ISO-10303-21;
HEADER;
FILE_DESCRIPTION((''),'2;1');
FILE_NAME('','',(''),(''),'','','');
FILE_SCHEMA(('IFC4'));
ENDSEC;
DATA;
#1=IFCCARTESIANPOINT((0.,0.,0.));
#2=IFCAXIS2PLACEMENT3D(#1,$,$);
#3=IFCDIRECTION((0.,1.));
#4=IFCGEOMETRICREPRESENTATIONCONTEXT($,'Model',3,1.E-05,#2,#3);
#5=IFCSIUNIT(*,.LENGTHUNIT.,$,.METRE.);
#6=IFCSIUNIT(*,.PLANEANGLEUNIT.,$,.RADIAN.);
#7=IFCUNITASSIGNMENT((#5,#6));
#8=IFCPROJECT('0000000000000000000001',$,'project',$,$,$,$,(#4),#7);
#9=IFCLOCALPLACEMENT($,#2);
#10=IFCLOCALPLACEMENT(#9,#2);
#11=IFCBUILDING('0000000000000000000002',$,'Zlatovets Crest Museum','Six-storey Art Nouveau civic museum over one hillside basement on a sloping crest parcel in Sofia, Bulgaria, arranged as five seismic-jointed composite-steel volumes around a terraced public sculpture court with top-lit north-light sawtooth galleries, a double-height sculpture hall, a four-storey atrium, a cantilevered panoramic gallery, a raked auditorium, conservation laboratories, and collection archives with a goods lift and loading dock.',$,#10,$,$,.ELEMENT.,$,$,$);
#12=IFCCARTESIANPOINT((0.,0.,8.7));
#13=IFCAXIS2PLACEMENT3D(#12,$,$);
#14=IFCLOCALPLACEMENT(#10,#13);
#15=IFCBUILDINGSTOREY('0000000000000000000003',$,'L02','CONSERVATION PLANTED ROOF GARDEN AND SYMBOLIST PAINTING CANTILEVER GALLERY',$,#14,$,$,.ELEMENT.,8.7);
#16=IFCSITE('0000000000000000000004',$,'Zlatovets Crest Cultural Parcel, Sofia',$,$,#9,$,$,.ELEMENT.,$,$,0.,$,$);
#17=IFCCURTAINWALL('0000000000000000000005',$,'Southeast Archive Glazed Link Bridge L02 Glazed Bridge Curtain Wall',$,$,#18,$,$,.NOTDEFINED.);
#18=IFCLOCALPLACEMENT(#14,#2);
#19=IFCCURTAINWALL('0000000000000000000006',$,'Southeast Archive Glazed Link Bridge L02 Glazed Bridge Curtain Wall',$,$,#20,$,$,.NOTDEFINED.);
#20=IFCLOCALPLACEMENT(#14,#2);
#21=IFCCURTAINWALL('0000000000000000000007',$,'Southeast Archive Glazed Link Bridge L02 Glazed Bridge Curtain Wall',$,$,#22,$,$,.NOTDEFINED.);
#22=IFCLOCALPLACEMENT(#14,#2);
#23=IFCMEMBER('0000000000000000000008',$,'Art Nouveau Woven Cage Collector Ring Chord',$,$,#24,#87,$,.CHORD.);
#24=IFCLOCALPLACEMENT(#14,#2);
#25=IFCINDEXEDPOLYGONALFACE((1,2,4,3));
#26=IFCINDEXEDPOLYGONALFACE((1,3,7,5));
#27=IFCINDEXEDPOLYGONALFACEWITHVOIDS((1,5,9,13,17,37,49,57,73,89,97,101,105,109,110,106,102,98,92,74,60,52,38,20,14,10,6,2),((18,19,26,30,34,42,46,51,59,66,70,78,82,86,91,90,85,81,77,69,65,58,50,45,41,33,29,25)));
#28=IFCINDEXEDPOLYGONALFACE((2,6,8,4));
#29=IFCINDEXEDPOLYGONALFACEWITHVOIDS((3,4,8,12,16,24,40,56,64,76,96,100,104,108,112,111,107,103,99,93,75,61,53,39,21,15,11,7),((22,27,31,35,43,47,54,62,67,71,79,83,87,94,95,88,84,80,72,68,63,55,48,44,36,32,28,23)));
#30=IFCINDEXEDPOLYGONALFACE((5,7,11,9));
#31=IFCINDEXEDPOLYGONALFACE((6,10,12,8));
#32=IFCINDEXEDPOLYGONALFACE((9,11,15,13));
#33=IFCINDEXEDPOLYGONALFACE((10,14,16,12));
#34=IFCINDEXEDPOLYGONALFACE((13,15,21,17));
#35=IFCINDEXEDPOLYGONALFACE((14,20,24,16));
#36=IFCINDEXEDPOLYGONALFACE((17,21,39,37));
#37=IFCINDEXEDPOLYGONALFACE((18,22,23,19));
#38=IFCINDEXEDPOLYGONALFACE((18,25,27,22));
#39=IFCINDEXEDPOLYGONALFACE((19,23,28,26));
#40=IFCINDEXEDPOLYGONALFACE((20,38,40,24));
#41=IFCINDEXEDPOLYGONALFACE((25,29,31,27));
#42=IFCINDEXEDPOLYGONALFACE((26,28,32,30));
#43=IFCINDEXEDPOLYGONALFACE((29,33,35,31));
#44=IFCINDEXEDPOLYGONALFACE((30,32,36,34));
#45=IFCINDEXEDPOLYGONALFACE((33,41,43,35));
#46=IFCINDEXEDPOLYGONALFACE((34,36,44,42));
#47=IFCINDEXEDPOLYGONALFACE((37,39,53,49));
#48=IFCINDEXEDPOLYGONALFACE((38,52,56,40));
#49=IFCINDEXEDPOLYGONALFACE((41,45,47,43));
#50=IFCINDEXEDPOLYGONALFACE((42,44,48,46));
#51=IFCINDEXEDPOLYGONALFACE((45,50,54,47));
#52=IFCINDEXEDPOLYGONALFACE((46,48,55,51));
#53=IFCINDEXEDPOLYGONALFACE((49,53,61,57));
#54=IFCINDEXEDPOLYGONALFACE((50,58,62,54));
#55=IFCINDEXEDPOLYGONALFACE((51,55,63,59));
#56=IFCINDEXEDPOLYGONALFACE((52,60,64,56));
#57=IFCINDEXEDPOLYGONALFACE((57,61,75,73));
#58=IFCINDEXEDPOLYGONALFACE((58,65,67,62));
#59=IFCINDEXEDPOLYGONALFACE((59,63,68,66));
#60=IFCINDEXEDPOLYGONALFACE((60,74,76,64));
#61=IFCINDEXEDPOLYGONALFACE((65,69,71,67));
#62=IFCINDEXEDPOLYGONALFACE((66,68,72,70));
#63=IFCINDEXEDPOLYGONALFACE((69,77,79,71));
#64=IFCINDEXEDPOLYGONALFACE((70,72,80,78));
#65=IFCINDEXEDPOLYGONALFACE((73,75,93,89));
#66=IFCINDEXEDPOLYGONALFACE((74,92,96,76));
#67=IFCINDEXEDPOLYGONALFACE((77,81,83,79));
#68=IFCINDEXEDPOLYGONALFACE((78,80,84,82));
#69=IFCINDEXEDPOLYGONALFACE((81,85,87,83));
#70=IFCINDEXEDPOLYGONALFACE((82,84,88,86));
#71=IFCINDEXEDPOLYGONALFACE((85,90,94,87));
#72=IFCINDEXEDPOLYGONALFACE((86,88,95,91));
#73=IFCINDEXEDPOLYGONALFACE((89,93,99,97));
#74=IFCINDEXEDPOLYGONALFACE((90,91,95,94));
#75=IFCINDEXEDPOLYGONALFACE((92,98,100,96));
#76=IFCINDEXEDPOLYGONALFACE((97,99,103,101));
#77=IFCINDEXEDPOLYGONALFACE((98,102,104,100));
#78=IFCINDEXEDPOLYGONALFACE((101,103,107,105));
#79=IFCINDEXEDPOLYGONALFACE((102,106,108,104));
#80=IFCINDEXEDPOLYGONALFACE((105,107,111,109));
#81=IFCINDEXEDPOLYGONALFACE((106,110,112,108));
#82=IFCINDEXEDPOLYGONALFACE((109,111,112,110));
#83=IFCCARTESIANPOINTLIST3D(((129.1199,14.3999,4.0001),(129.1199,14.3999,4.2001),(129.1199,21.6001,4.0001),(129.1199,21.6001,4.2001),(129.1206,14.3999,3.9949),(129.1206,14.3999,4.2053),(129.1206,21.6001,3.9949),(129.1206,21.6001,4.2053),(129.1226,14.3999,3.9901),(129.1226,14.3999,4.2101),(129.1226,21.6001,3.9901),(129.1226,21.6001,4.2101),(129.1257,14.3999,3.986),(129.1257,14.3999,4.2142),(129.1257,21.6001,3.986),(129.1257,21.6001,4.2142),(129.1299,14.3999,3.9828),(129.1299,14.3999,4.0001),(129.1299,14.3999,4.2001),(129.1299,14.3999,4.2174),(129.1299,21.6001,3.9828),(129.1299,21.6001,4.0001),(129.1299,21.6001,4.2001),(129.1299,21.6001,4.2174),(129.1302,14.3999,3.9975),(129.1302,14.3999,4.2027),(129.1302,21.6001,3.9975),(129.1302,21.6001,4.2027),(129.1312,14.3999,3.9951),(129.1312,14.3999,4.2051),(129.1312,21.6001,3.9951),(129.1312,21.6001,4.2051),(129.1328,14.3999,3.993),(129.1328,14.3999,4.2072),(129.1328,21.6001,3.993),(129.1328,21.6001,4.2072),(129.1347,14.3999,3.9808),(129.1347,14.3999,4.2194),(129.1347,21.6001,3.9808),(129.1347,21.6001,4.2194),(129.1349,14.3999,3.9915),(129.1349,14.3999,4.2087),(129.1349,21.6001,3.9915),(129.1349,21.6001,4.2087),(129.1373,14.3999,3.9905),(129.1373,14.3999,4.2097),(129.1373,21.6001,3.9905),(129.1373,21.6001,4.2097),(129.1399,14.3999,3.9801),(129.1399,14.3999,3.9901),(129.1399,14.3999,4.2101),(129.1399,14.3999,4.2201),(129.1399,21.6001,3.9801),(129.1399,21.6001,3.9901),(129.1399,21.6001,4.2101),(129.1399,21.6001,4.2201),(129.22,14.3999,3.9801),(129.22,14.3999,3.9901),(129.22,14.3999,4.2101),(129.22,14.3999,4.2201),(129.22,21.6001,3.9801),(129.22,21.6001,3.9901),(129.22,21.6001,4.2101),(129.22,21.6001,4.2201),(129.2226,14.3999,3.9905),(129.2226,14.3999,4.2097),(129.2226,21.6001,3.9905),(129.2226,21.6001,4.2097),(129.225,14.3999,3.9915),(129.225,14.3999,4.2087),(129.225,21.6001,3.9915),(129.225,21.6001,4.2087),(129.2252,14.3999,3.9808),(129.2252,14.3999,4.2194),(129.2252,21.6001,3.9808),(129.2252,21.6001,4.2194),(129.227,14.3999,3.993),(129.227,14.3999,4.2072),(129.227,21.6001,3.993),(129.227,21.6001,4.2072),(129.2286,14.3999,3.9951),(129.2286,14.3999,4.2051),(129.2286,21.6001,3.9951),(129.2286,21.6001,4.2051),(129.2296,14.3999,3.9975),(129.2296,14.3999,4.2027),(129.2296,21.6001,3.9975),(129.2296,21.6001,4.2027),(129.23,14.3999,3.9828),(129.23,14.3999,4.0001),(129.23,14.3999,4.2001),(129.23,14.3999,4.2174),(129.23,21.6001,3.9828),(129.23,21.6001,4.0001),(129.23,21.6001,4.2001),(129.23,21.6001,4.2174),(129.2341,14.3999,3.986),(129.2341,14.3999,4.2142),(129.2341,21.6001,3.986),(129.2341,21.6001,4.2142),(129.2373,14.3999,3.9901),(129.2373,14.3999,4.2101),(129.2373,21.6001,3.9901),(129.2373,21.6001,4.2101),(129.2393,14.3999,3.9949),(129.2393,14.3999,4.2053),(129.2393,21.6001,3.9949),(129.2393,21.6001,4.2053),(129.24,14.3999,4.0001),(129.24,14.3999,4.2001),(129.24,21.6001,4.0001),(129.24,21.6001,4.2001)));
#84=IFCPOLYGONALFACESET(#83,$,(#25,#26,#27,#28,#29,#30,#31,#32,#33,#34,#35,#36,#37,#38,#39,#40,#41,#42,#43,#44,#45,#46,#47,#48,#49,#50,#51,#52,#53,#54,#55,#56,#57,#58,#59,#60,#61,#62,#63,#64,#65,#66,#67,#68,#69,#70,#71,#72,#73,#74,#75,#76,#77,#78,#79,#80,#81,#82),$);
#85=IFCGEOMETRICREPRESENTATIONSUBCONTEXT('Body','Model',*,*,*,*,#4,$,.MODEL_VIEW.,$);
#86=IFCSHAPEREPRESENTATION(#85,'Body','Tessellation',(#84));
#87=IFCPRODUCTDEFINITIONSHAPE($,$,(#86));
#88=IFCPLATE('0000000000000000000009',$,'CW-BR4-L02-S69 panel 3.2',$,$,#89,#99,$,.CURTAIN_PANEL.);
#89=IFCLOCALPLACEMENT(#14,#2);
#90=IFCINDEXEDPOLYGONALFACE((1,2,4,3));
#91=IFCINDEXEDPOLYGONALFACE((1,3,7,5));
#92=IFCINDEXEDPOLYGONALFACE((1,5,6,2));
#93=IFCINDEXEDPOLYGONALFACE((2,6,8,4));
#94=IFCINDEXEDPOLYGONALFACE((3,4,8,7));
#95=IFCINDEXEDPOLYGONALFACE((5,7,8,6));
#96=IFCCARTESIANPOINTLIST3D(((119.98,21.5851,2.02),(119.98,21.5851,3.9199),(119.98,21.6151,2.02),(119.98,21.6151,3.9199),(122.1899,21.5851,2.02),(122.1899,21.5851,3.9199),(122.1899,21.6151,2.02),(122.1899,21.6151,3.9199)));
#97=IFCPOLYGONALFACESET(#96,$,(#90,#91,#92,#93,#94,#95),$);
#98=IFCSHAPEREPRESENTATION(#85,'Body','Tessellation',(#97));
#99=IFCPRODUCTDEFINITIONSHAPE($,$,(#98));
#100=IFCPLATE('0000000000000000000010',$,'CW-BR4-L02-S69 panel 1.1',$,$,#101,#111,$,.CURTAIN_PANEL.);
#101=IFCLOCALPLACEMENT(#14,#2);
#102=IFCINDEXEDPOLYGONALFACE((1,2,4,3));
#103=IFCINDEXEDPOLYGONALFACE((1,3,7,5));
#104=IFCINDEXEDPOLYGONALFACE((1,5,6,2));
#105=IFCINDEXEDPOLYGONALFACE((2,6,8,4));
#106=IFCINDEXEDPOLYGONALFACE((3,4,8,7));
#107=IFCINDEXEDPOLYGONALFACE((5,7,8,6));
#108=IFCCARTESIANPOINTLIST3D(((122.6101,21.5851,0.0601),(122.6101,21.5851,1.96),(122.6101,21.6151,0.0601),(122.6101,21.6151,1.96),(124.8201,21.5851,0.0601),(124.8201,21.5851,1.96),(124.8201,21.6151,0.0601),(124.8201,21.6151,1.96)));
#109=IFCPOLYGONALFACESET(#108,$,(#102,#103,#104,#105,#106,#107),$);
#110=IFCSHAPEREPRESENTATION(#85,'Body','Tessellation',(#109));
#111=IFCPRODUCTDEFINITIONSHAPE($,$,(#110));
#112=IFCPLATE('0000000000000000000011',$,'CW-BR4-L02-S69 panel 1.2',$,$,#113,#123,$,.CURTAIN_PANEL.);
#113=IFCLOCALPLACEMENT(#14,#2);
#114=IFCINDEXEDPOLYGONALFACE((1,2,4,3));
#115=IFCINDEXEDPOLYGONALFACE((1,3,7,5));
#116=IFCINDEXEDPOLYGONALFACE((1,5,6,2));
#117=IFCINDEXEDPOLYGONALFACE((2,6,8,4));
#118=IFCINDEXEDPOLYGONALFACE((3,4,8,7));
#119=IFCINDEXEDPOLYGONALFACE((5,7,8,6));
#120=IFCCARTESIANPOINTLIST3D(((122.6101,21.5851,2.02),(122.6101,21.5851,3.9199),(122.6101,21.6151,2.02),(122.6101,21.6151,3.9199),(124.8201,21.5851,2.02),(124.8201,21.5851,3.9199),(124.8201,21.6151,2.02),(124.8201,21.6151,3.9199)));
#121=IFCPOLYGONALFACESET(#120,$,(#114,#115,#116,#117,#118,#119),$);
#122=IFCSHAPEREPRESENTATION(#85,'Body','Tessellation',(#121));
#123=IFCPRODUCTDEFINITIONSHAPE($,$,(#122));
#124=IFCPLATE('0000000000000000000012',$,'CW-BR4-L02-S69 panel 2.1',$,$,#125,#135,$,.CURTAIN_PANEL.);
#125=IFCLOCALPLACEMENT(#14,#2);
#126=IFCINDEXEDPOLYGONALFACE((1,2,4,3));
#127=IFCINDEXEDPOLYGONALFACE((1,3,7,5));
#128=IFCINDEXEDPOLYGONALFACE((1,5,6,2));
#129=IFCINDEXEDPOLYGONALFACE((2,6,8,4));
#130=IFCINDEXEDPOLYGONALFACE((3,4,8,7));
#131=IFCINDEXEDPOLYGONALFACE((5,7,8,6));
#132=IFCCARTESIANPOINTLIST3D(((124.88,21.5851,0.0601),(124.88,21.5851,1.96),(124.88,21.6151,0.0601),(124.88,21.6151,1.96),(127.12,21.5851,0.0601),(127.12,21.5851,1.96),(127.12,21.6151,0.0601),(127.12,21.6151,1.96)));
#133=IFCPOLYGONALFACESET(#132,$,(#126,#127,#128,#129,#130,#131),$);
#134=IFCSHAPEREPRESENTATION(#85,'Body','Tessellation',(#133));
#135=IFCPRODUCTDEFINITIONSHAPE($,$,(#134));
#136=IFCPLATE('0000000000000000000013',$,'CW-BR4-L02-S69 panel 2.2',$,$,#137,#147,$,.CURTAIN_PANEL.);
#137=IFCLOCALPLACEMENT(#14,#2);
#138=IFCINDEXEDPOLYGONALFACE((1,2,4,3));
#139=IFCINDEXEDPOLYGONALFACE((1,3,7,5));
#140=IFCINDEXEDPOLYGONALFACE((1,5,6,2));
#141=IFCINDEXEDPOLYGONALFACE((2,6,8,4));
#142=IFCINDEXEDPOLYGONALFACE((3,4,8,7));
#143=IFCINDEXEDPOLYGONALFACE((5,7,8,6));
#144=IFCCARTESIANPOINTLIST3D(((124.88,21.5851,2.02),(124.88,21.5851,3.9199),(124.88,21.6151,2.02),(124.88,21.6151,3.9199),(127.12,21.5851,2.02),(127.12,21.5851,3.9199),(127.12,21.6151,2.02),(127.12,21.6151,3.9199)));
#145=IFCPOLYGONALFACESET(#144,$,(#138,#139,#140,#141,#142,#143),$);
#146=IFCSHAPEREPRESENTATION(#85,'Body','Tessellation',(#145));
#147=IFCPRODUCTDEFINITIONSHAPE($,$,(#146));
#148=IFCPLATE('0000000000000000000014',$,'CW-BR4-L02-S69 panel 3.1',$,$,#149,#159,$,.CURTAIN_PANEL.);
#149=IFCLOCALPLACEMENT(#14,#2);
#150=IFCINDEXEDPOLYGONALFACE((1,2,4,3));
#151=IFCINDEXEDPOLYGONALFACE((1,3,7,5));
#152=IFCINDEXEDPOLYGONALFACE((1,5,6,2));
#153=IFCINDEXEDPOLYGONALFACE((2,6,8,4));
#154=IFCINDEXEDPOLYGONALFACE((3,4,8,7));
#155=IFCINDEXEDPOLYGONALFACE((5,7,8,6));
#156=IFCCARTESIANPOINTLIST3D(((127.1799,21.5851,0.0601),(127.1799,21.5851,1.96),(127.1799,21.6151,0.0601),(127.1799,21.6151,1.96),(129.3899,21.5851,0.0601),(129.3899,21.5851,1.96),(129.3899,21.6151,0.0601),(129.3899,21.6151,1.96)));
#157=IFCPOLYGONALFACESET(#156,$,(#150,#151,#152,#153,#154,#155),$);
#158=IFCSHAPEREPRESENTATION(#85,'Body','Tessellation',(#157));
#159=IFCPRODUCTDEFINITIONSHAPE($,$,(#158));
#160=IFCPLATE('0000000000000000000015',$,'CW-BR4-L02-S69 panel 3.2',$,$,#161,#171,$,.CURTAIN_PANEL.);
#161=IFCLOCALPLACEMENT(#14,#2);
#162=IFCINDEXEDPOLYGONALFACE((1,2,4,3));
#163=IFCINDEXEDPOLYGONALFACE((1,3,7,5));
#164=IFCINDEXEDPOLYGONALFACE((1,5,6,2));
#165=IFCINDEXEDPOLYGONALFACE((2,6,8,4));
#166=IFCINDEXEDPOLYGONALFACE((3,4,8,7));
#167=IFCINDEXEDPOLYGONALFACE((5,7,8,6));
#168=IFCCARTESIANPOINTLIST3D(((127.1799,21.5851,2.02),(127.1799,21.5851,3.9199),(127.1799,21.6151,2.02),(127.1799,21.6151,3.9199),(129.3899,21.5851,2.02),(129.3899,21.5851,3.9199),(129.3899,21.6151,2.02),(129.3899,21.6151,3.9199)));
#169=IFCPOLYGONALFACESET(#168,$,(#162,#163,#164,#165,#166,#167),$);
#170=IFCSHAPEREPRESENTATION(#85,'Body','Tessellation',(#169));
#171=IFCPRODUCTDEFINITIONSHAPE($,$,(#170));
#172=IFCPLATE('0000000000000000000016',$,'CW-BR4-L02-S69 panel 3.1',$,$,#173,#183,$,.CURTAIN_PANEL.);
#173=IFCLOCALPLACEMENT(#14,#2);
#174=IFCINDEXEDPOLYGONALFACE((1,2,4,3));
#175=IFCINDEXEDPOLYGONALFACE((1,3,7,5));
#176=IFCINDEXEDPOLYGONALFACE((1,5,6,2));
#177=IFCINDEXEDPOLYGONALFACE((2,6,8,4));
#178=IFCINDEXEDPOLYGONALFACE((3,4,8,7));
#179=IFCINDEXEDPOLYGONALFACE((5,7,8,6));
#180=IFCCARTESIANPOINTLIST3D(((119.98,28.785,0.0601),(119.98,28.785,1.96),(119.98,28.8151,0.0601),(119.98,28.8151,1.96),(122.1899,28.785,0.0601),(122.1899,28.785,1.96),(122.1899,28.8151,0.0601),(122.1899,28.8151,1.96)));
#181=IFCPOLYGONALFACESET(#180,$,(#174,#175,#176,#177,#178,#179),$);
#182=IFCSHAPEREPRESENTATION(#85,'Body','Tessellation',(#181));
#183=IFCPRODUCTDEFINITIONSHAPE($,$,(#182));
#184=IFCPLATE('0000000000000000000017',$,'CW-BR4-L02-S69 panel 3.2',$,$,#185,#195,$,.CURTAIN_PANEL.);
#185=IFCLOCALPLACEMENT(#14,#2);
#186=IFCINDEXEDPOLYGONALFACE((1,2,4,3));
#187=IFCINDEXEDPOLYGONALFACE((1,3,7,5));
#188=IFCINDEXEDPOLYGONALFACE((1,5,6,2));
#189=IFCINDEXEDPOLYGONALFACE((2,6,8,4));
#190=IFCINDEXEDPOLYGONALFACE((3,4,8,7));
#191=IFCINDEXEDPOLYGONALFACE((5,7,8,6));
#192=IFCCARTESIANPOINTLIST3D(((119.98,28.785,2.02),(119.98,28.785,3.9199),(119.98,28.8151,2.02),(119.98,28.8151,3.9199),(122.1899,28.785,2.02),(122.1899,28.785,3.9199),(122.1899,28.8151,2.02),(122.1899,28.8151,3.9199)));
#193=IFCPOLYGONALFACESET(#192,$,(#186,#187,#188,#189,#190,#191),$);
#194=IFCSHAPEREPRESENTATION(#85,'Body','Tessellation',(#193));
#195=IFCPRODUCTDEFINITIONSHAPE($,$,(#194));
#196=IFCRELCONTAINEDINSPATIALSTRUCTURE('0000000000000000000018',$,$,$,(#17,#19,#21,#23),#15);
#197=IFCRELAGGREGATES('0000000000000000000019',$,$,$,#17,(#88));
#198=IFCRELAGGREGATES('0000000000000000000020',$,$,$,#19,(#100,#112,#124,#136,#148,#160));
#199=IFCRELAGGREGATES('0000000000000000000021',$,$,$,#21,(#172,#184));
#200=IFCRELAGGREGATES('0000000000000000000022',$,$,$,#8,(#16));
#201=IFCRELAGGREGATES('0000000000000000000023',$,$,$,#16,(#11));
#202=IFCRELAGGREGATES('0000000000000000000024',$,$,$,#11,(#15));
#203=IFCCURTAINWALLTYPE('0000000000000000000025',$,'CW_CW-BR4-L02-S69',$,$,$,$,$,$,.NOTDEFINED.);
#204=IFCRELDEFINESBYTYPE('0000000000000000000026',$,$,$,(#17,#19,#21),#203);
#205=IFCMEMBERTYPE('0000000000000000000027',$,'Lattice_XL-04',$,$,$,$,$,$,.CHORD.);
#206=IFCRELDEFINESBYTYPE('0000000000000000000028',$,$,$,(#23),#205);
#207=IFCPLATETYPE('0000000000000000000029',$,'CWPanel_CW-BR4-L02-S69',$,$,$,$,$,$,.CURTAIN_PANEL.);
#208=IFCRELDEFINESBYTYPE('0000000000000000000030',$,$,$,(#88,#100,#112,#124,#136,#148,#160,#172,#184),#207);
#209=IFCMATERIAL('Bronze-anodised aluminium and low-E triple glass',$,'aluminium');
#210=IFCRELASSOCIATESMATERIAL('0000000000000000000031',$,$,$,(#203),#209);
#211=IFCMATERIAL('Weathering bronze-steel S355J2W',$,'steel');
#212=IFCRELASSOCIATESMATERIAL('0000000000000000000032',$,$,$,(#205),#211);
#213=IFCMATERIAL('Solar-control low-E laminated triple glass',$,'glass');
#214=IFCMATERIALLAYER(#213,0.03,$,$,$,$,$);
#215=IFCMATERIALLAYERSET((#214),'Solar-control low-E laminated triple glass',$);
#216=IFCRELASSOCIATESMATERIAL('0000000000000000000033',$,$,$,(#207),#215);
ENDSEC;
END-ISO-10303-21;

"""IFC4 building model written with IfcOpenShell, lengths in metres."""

from ifc_helpers import new_model, si_unit, direction, frame, origin, origin_2d, place, context, subcontext, project, spatial, rectangle, hollow_rectangle, extrude, material, layer, layer_set, material_profile, profile_set, type_object, element, aggregate, save


model = new_model("IFC4")

# Units and contexts
model_context = context("Model", 3, precision=1e-05, world=origin(), true_north=direction((0.0, 1.0)))
body_context = subcontext(model_context, "Body", "Model", "MODEL_VIEW")
ifc_project = project(units=[si_unit("LENGTHUNIT", "METRE"), si_unit("PLANEANGLEUNIT", "RADIAN")], contexts=[model_context])

# Site, building, storey
site_placement = place(None, origin())
site = spatial("IfcSite", under=ifc_project, at=site_placement, Name="Zlatovets Crest Cultural Parcel, Sofia", CompositionType="ELEMENT", RefElevation=0.0)
building_placement = place(site_placement, origin())
building = spatial("IfcBuilding", under=site, at=building_placement, Name="Zlatovets Crest Museum", Description="Six-storey Art Nouveau civic museum over one hillside basement on a sloping crest parcel in Sofia, Bulgaria, arranged as five seismic-jointed composite-steel volumes around a terraced public sculpture court with top-lit north-light sawtooth galleries, a double-height sculpture hall, a four-storey atrium, a cantilevered panoramic gallery, a raked auditorium, conservation laboratories, and collection archives with a goods lift and loading dock.", CompositionType="ELEMENT")
storey_placement = place(building_placement, frame((0.0, 0.0, 8.7)))
storey = spatial("IfcBuildingStorey", under=building, at=storey_placement, Name="L02", Description="CONSERVATION PLANTED ROOF GARDEN AND SYMBOLIST PAINTING CANTILEVER GALLERY", CompositionType="ELEMENT", Elevation=8.7)

# Curtain wall
ifc_material_1 = material(Name="Bronze-anodised aluminium and low-E triple glass", Category="aluminium")
curtain_wall_type = type_object("IfcCurtainWallType", Name="CW_CW-BR4-L02-S69", PredefinedType="NOTDEFINED", material=ifc_material_1)
curtain_wall_1_placement = place(storey_placement, origin())
curtain_wall_1 = element("IfcCurtainWall", 1, at=curtain_wall_1_placement, inside=storey, type_object=curtain_wall_type, Name="Southeast Archive Glazed Link Bridge L02 Glazed Bridge Curtain Wall", PredefinedType="NOTDEFINED")

# Curtain wall
curtain_wall_2_placement = place(storey_placement, origin())
curtain_wall_2 = element("IfcCurtainWall", 2, at=curtain_wall_2_placement, inside=storey, type_object=curtain_wall_type, Name="Southeast Archive Glazed Link Bridge L02 Glazed Bridge Curtain Wall", PredefinedType="NOTDEFINED")

# Curtain wall
curtain_wall_3_placement = place(storey_placement, origin())
curtain_wall_3 = element("IfcCurtainWall", 3, at=curtain_wall_3_placement, inside=storey, type_object=curtain_wall_type, Name="Southeast Archive Glazed Link Bridge L02 Glazed Bridge Curtain Wall", PredefinedType="NOTDEFINED")

# Member
ifc_material_2 = material(Name="Weathering bronze-steel S355J2W", Category="steel")
ifc_material_profile_1 = material_profile(ifc_material_2, hollow_rectangle(XDim=0.1201, YDim=0.24, WallThickness=0.01, InnerFilletRadius=0.01, OuterFilletRadius=0.02, at=origin_2d()), Name="RHS 120x240x10.0")
ifc_profile_set_1 = profile_set([ifc_material_profile_1], Name="Weathering bronze-steel S355J2W")
member_type_1 = type_object("IfcMemberType", Name="Lattice_XL-04", PredefinedType="CHORD", material=ifc_profile_set_1)
member_1_placement = place(storey_placement, frame((129.1799, 21.6001, 4.1001), z_axis=(0.0, -1.0, 0.0), x_axis=(1.0, 0.0, 0.0)))
element("IfcMember", 4, at=member_1_placement, inside=storey, type_object=member_type_1, Name="Art Nouveau Woven Cage Collector Ring Chord", PredefinedType="CHORD", context=body_context, shape_type="SweptSolid", body=[
    extrude(hollow_rectangle(XDim=0.1201, YDim=0.24, WallThickness=0.01, InnerFilletRadius=0.01, OuterFilletRadius=0.02, at=origin_2d()), origin(), (0.0, 0.0, 1.0), 7.2002),
])

# Plates
ifc_material_3 = material(Name="Solar-control low-E laminated triple glass", Category="glass")
ifc_layer = layer(ifc_material_3, 0.03)
ifc_layer_set = layer_set([ifc_layer], Name="Solar-control low-E laminated triple glass")
plate_type = type_object("IfcPlateType", Name="CWPanel_CW-BR4-L02-S69", PredefinedType="CURTAIN_PANEL", material=ifc_layer_set)
plate_1_placement = place(storey_placement, frame((121.085, 21.6001, 2.02), z_axis=(0.0, 0.0, 1.0), x_axis=(1.0, 0.0, 0.0)))
plate_1 = element("IfcPlate", 5, at=plate_1_placement, type_object=plate_type, Name="CW-BR4-L02-S69 panel 3.2", PredefinedType="CURTAIN_PANEL", context=body_context, shape_type="SweptSolid", body=[
    extrude(rectangle(XDim=2.21, YDim=0.03, at=origin_2d()), origin(), (0.0, 0.0, 1.0), 1.8999),
])
aggregate(curtain_wall_1, [plate_1])
plate_2_placement = place(storey_placement, frame((123.7151, 21.6001, 0.0601), z_axis=(0.0, 0.0, 1.0), x_axis=(1.0, 0.0, 0.0)))
plate_2 = element("IfcPlate", 6, at=plate_2_placement, type_object=plate_type, Name="CW-BR4-L02-S69 panel 1.1", PredefinedType="CURTAIN_PANEL", context=body_context, shape_type="SweptSolid", body=[
    extrude(rectangle(XDim=2.21, YDim=0.03, at=origin_2d()), origin(), (0.0, 0.0, 1.0), 1.8999),
])
plate_3_placement = place(storey_placement, frame((123.7151, 21.6001, 2.02), z_axis=(0.0, 0.0, 1.0), x_axis=(1.0, 0.0, 0.0)))
plate_3 = element("IfcPlate", 7, at=plate_3_placement, type_object=plate_type, Name="CW-BR4-L02-S69 panel 1.2", PredefinedType="CURTAIN_PANEL", context=body_context, shape_type="SweptSolid", body=[
    extrude(rectangle(XDim=2.21, YDim=0.03, at=origin_2d()), origin(), (0.0, 0.0, 1.0), 1.8999),
])
plate_4_placement = place(storey_placement, frame((126.0, 21.6001, 0.0601), z_axis=(0.0, 0.0, 1.0), x_axis=(1.0, 0.0, 0.0)))
plate_4 = element("IfcPlate", 8, at=plate_4_placement, type_object=plate_type, Name="CW-BR4-L02-S69 panel 2.1", PredefinedType="CURTAIN_PANEL", context=body_context, shape_type="SweptSolid", body=[
    extrude(rectangle(XDim=2.24, YDim=0.03, at=origin_2d()), origin(), (0.0, 0.0, 1.0), 1.8999),
])
plate_5_placement = place(storey_placement, frame((126.0, 21.6001, 2.02), z_axis=(0.0, 0.0, 1.0), x_axis=(1.0, 0.0, 0.0)))
plate_5 = element("IfcPlate", 9, at=plate_5_placement, type_object=plate_type, Name="CW-BR4-L02-S69 panel 2.2", PredefinedType="CURTAIN_PANEL", context=body_context, shape_type="SweptSolid", body=[
    extrude(rectangle(XDim=2.24, YDim=0.03, at=origin_2d()), origin(), (0.0, 0.0, 1.0), 1.8999),
])
plate_6_placement = place(storey_placement, frame((128.2849, 21.6001, 0.0601), z_axis=(0.0, 0.0, 1.0), x_axis=(1.0, 0.0, 0.0)))
plate_6 = element("IfcPlate", 10, at=plate_6_placement, type_object=plate_type, Name="CW-BR4-L02-S69 panel 3.1", PredefinedType="CURTAIN_PANEL", context=body_context, shape_type="SweptSolid", body=[
    extrude(rectangle(XDim=2.21, YDim=0.03, at=origin_2d()), origin(), (0.0, 0.0, 1.0), 1.8999),
])
plate_7_placement = place(storey_placement, frame((128.2849, 21.6001, 2.02), z_axis=(0.0, 0.0, 1.0), x_axis=(1.0, 0.0, 0.0)))
plate_7 = element("IfcPlate", 11, at=plate_7_placement, type_object=plate_type, Name="CW-BR4-L02-S69 panel 3.2", PredefinedType="CURTAIN_PANEL", context=body_context, shape_type="SweptSolid", body=[
    extrude(rectangle(XDim=2.21, YDim=0.03, at=origin_2d()), origin(), (0.0, 0.0, 1.0), 1.8999),
])
aggregate(curtain_wall_2, [plate_2, plate_3, plate_4, plate_5, plate_6, plate_7])
plate_8_placement = place(storey_placement, frame((121.085, 28.8, 0.0601), z_axis=(0.0, 0.0, 1.0), x_axis=(1.0, 0.0, 0.0)))
plate_8 = element("IfcPlate", 12, at=plate_8_placement, type_object=plate_type, Name="CW-BR4-L02-S69 panel 3.1", PredefinedType="CURTAIN_PANEL", context=body_context, shape_type="SweptSolid", body=[
    extrude(rectangle(XDim=2.21, YDim=0.03, at=origin_2d()), origin(), (0.0, 0.0, 1.0), 1.8999),
])
plate_9_placement = place(storey_placement, frame((121.085, 28.8, 2.02), z_axis=(0.0, 0.0, 1.0), x_axis=(1.0, 0.0, 0.0)))
plate_9 = element("IfcPlate", 13, at=plate_9_placement, type_object=plate_type, Name="CW-BR4-L02-S69 panel 3.2", PredefinedType="CURTAIN_PANEL", context=body_context, shape_type="SweptSolid", body=[
    extrude(rectangle(XDim=2.21, YDim=0.03, at=origin_2d()), origin(), (0.0, 0.0, 1.0), 1.8999),
])
aggregate(curtain_wall_3, [plate_8, plate_9])

save(model, "model.ifc")
